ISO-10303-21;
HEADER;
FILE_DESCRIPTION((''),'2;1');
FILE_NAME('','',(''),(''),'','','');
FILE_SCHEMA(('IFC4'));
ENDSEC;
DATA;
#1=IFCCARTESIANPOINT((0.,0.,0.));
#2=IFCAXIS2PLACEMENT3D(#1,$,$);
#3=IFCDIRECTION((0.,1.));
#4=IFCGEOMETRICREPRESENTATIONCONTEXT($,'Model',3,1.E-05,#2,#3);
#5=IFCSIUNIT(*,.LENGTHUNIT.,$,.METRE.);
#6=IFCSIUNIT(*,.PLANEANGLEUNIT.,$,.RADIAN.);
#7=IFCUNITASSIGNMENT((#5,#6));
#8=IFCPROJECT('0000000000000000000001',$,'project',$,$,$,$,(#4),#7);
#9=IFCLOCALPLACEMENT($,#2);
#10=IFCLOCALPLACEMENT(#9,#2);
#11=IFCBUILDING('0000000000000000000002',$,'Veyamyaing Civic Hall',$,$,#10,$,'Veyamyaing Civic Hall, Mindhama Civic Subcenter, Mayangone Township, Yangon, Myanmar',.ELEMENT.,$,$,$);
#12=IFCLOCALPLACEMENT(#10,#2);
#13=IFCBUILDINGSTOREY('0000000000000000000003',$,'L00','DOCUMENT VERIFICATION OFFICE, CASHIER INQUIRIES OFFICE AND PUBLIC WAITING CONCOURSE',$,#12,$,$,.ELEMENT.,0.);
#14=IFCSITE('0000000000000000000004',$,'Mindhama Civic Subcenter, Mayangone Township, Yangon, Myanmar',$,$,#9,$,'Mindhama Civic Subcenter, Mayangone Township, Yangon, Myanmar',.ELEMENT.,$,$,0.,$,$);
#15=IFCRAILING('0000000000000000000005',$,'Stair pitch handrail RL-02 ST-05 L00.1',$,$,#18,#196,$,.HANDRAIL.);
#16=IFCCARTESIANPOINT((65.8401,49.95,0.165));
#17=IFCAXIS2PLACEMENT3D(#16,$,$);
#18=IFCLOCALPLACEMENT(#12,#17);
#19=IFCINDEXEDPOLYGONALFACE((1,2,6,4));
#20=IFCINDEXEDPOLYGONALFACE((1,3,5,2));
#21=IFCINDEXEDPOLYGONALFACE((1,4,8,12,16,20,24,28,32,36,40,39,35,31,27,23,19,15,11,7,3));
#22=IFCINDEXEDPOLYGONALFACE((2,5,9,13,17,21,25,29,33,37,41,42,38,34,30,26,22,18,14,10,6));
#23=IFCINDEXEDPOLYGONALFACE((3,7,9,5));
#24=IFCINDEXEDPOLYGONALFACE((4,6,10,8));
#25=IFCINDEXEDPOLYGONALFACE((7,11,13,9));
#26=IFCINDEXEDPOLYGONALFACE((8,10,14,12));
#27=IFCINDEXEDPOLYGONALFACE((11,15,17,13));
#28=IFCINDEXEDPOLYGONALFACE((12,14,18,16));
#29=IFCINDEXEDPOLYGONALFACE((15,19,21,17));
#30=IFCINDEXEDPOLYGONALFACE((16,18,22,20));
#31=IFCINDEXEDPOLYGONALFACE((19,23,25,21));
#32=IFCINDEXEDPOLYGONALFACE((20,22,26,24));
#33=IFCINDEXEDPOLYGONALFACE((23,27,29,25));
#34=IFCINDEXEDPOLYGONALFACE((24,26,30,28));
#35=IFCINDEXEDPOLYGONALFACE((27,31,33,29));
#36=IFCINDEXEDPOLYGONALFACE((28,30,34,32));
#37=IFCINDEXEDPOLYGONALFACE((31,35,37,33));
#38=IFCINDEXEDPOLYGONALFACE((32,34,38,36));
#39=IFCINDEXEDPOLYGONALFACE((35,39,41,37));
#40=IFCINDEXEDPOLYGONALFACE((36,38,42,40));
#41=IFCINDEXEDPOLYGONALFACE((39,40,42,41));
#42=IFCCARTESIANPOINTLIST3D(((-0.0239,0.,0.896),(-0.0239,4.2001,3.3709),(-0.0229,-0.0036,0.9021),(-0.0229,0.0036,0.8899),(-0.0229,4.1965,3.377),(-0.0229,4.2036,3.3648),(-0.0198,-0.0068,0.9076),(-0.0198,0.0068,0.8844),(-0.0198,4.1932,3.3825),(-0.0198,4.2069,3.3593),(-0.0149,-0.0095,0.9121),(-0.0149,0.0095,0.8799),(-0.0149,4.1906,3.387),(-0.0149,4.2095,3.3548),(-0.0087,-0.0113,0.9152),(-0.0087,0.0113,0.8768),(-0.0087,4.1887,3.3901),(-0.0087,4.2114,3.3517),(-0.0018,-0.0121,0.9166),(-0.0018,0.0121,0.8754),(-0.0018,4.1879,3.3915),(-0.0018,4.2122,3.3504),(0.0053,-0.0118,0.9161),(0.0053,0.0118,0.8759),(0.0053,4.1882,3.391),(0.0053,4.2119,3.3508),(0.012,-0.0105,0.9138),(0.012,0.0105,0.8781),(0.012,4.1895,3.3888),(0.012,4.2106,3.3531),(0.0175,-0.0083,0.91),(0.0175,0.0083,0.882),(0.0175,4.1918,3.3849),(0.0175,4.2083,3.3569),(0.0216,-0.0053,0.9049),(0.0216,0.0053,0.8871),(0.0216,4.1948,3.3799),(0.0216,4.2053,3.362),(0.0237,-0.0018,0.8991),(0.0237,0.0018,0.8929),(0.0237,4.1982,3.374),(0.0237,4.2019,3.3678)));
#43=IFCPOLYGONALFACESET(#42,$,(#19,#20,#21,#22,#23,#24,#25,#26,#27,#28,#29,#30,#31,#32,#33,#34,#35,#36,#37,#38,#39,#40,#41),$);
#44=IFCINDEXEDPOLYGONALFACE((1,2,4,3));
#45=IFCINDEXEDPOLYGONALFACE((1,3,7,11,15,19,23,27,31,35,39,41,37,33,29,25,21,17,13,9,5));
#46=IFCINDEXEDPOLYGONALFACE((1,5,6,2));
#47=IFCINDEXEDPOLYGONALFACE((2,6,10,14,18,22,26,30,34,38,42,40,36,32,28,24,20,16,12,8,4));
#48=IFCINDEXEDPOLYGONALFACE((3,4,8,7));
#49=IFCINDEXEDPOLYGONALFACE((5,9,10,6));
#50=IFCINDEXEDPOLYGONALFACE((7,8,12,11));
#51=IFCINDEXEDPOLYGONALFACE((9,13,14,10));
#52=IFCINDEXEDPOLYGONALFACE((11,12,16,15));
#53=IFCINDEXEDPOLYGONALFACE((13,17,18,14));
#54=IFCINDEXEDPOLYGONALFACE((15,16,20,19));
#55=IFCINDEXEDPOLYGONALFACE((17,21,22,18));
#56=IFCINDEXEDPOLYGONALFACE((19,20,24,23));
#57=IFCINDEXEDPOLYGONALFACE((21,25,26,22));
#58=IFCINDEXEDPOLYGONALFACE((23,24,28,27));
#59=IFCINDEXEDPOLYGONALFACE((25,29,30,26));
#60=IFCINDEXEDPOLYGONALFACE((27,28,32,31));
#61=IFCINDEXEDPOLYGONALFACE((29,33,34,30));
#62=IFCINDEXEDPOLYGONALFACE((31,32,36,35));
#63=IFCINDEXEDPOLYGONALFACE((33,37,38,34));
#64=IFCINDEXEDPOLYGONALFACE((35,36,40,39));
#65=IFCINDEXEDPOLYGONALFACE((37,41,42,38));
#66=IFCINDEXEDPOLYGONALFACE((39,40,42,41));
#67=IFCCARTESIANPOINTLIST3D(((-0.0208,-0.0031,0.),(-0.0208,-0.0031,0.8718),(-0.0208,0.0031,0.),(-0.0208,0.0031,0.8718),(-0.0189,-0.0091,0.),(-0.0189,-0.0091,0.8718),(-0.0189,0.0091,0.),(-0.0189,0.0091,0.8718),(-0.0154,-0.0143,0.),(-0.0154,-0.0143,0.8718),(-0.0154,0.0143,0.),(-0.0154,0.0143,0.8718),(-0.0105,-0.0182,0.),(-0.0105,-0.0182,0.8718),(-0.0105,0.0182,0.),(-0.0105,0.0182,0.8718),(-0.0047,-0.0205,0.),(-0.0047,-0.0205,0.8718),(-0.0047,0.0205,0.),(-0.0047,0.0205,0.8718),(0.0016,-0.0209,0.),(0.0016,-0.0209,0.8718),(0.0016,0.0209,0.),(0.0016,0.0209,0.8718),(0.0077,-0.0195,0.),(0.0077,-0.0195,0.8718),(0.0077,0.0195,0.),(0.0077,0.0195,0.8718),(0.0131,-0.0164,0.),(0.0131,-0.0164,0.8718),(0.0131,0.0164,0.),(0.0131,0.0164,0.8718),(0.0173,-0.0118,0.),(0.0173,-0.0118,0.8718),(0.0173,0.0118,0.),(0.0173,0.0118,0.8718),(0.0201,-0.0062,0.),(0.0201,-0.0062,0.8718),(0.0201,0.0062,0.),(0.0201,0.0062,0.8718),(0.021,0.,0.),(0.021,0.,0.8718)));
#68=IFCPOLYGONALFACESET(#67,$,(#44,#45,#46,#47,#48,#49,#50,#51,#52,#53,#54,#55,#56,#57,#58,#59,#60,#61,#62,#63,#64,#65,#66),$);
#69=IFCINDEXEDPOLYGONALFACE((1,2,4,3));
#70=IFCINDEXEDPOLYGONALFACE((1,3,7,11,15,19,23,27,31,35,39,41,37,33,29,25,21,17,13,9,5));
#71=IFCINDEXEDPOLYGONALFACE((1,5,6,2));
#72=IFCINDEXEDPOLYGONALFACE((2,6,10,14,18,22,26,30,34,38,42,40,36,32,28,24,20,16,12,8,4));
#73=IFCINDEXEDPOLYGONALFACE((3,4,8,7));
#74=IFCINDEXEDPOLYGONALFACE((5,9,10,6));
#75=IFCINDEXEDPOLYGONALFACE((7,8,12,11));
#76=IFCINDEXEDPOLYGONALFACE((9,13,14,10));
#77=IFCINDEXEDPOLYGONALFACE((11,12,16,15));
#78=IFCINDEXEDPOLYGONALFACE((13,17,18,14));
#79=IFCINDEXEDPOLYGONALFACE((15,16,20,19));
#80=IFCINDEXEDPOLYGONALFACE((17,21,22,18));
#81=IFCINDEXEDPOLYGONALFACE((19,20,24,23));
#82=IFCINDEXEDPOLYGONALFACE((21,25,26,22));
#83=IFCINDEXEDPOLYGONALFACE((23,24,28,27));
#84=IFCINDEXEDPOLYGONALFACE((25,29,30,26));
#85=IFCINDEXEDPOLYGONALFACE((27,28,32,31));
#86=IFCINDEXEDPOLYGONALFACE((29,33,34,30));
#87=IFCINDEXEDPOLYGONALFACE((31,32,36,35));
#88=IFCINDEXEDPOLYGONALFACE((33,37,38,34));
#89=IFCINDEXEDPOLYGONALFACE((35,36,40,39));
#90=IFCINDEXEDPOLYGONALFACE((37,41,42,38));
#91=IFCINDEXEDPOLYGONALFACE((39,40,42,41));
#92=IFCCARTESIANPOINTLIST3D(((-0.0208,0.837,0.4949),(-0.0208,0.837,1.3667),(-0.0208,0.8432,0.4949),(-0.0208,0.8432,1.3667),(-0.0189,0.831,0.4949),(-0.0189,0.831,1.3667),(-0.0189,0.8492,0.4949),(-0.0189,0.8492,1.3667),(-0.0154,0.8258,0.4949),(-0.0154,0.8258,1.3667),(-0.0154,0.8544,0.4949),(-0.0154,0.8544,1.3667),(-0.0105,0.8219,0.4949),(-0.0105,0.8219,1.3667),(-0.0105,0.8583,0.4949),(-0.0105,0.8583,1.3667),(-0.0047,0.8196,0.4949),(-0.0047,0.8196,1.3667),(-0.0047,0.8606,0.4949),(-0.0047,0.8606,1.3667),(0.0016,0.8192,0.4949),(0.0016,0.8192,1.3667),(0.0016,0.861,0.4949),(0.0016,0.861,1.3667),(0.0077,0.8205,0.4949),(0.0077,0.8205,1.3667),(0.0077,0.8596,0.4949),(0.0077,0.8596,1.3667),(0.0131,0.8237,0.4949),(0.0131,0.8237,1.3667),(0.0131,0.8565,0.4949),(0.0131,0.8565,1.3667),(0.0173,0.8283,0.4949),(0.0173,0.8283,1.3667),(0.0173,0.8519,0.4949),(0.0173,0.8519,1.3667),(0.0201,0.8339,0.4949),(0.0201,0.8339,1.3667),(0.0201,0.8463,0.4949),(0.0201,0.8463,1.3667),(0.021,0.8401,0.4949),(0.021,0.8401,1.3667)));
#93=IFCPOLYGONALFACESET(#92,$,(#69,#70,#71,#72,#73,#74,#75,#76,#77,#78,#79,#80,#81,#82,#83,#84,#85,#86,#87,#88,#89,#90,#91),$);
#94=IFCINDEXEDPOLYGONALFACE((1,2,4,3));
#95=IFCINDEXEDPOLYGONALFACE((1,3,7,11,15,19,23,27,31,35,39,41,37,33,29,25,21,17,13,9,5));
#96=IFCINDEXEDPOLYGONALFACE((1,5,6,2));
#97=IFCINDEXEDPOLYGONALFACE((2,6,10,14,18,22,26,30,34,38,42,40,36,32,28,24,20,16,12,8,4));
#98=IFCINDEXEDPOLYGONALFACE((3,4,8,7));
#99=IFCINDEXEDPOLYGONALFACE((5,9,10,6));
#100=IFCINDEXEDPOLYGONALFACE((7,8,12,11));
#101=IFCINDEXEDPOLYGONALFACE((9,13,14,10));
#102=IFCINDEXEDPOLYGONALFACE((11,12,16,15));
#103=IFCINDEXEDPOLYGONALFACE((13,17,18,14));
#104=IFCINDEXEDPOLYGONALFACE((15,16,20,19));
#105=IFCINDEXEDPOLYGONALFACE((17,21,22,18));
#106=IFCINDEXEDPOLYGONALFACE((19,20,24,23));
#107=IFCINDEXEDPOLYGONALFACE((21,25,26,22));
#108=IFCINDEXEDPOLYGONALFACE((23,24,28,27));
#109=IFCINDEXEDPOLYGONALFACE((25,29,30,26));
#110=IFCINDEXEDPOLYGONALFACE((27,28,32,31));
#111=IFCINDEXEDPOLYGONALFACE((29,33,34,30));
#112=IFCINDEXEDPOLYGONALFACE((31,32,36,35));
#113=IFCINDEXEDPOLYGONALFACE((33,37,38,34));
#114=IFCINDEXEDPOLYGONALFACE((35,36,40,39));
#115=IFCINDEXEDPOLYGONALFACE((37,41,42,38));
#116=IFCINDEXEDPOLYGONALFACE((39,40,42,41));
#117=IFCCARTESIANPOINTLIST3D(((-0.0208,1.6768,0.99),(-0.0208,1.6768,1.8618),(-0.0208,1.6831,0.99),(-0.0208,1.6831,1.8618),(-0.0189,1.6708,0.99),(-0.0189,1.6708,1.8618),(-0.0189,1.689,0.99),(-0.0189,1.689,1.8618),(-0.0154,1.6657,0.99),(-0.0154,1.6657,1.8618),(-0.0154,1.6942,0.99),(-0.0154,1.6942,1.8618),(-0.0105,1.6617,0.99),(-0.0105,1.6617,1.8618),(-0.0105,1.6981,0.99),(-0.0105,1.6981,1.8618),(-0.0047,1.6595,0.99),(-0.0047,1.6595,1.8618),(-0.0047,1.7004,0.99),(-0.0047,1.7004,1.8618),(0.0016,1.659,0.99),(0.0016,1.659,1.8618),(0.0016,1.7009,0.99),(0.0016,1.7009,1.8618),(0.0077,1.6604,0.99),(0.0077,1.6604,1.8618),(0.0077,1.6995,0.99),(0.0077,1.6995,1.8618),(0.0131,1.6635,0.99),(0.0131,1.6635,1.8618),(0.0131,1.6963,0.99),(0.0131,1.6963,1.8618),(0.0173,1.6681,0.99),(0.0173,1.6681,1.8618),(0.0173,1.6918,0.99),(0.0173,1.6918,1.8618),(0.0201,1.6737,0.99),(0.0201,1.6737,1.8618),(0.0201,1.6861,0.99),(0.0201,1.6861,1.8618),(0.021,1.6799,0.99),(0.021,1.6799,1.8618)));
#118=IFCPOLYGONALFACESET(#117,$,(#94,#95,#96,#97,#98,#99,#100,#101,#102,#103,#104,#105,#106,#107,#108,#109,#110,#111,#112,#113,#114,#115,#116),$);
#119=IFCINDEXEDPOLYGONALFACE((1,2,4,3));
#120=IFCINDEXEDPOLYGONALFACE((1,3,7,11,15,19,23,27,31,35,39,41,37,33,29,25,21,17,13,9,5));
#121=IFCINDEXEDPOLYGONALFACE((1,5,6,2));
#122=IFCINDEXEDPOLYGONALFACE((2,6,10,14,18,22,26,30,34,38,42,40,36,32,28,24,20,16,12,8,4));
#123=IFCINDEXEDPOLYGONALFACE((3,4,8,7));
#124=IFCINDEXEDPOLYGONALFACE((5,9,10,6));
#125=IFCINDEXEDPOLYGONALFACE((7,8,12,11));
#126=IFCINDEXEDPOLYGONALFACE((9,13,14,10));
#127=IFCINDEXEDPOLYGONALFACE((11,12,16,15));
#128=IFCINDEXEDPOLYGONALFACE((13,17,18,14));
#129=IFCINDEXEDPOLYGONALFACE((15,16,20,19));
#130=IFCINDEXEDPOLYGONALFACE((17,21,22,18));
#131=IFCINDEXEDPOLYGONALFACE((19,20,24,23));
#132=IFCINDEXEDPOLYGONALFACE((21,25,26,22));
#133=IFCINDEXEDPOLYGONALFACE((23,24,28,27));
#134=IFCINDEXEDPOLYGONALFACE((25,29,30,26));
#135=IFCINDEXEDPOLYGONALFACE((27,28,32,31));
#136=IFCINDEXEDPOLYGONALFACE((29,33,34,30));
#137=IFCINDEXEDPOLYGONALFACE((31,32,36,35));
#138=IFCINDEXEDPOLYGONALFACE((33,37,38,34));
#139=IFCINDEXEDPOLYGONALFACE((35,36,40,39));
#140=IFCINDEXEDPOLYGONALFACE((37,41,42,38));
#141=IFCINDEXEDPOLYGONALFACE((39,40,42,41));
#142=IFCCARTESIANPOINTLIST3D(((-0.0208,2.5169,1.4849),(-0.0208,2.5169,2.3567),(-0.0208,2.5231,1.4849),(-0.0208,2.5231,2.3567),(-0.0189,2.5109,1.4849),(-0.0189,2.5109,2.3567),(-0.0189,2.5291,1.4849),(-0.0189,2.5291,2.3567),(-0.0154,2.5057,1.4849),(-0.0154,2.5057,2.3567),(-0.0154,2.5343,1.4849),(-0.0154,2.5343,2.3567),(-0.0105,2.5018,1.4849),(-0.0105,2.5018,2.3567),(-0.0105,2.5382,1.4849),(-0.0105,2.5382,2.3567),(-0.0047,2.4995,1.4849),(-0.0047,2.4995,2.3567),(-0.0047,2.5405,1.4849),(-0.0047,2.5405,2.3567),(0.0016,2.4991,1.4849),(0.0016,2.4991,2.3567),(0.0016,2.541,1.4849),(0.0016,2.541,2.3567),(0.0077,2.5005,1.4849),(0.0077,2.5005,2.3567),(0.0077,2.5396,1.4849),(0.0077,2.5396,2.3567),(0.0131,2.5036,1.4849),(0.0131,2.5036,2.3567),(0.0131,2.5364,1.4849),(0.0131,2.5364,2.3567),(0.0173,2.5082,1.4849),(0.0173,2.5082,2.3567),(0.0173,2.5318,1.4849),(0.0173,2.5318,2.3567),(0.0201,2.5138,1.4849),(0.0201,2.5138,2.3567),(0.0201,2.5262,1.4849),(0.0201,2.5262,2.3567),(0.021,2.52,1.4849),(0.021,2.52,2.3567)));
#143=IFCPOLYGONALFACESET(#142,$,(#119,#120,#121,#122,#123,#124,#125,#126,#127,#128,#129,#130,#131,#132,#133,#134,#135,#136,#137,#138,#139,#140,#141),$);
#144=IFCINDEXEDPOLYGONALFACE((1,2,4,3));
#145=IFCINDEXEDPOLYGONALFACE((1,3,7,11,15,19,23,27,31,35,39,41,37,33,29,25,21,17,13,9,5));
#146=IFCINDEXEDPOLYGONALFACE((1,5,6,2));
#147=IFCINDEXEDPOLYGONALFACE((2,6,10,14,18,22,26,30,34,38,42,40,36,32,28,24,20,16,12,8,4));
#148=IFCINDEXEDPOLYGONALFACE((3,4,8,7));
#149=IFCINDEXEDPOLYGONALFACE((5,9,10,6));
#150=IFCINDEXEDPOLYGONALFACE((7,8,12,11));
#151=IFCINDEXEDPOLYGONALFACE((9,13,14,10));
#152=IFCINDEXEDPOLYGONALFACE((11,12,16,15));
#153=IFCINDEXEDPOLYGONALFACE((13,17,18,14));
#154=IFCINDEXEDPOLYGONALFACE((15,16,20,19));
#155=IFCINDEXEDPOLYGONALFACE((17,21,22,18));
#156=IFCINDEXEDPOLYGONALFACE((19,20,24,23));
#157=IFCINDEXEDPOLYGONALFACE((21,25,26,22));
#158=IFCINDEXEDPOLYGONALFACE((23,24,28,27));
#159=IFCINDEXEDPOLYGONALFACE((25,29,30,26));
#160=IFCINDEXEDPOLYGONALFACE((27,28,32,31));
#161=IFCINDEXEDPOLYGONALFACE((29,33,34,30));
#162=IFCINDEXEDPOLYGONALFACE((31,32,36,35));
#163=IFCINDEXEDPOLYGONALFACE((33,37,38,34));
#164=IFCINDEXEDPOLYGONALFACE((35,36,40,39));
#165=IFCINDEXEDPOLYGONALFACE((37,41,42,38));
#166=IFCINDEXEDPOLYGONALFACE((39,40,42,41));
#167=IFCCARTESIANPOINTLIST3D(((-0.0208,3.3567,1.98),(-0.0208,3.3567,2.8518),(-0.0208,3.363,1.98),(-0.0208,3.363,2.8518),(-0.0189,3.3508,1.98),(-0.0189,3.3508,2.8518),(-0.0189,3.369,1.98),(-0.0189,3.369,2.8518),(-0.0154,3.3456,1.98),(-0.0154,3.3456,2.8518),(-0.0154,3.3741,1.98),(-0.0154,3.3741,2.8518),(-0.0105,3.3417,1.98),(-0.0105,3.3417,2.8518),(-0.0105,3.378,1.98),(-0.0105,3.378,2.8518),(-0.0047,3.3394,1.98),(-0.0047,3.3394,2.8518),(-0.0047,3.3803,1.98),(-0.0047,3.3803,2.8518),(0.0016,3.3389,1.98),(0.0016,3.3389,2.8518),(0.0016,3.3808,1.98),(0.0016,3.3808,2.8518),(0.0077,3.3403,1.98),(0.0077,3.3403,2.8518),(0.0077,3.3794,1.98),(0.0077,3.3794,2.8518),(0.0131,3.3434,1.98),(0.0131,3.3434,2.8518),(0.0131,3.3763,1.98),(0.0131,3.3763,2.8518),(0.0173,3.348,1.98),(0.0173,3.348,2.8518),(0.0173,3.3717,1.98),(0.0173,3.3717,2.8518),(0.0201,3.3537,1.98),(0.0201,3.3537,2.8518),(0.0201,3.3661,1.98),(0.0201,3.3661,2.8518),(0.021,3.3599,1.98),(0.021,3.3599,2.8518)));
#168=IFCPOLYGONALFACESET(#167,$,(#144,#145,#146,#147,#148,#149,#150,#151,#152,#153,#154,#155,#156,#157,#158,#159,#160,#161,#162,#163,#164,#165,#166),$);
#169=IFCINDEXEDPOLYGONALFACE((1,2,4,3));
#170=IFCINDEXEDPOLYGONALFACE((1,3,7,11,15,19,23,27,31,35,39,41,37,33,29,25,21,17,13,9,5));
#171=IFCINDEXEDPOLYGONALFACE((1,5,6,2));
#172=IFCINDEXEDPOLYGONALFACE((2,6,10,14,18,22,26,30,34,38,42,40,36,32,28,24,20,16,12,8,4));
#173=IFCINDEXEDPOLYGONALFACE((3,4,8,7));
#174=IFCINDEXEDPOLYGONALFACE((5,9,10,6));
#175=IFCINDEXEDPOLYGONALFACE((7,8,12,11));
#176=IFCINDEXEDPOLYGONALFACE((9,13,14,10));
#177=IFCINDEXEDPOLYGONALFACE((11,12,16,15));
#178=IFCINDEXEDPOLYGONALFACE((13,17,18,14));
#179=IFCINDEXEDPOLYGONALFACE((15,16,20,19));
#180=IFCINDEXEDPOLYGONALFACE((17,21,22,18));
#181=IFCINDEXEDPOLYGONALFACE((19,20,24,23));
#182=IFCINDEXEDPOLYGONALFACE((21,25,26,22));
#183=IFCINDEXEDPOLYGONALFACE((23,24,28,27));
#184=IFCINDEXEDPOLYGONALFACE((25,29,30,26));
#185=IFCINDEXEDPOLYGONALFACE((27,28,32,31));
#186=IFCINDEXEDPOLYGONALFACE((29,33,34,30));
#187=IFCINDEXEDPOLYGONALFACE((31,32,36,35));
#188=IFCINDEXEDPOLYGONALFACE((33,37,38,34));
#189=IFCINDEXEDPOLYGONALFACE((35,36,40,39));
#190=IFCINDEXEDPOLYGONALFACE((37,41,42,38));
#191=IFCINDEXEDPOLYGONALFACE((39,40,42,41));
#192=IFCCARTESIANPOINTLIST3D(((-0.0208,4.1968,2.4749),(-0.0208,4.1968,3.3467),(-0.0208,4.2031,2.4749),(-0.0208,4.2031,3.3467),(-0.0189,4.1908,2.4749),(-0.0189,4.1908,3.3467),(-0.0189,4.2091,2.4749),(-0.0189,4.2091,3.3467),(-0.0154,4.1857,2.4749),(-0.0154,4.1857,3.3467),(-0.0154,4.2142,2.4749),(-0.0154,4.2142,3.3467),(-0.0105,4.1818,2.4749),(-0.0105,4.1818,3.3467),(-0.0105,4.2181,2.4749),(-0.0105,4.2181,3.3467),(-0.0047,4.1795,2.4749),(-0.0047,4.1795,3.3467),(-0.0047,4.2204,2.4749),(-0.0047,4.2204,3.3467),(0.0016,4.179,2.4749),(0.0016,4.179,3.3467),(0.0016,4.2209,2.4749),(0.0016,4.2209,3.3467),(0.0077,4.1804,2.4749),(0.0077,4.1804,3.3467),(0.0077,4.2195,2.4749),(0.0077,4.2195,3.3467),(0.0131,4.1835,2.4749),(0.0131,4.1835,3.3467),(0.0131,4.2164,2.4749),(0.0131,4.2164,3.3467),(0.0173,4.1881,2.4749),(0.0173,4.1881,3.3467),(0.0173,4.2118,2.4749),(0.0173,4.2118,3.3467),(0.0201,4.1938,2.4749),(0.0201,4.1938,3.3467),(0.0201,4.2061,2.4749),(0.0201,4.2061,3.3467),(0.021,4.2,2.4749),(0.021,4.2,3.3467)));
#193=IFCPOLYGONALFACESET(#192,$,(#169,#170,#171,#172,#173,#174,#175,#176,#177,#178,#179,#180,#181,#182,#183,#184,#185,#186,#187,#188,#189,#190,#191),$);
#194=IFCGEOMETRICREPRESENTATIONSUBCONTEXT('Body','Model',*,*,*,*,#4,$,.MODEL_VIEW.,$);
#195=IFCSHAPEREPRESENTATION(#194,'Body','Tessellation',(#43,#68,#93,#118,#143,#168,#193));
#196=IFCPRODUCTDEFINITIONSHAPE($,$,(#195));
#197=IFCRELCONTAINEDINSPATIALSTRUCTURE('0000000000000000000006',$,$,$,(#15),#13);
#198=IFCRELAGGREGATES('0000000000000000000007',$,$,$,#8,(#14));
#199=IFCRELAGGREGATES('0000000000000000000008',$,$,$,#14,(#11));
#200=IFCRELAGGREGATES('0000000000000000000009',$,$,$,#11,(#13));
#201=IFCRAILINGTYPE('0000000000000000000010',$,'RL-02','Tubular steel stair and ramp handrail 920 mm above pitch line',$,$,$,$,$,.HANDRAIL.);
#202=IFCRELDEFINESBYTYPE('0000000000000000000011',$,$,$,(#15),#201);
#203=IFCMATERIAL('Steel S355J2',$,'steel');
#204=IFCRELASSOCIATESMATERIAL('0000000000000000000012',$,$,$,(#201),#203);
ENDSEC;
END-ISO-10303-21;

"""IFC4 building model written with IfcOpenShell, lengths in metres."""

from ifc_helpers import new_model, si_unit, direction, frame, origin, origin_2d, place, context, subcontext, project, spatial, circle, extrude, material, type_object, element, save


model = new_model("IFC4")

# Units and contexts
model_context = context("Model", 3, precision=1e-05, world=origin(), true_north=direction((0.0, 1.0)))
body_context = subcontext(model_context, "Body", "Model", "MODEL_VIEW")
ifc_project = project(units=[si_unit("LENGTHUNIT", "METRE"), si_unit("PLANEANGLEUNIT", "RADIAN")], contexts=[model_context])

# Site, building, storey
site_placement = place(None, origin())
site = spatial("IfcSite", under=ifc_project, at=site_placement, Name="Mindhama Civic Subcenter, Mayangone Township, Yangon, Myanmar", LongName="Mindhama Civic Subcenter, Mayangone Township, Yangon, Myanmar", CompositionType="ELEMENT", RefElevation=0.0)
building_placement = place(site_placement, origin())
building = spatial("IfcBuilding", under=site, at=building_placement, Name="Veyamyaing Civic Hall", LongName="Veyamyaing Civic Hall, Mindhama Civic Subcenter, Mayangone Township, Yangon, Myanmar", CompositionType="ELEMENT")
storey_placement = place(building_placement, origin())
storey = spatial("IfcBuildingStorey", under=building, at=storey_placement, Name="L00", Description="DOCUMENT VERIFICATION OFFICE, CASHIER INQUIRIES OFFICE AND PUBLIC WAITING CONCOURSE", CompositionType="ELEMENT", Elevation=0.0)

# Railing
ifc_material_1 = material(Name="Steel S355J2", Category="steel")
railing_type_1 = type_object("IfcRailingType", Name="RL-02", Description="Tubular steel stair and ramp handrail 920 mm above pitch line", PredefinedType="HANDRAIL", material=ifc_material_1)
railing_1_placement = place(storey_placement, frame((65.8401, 49.95, 0.165)))
element("IfcRailing", 1, at=railing_1_placement, inside=storey, type_object=railing_type_1, Name="Stair pitch handrail RL-02 ST-05 L00.1", PredefinedType="HANDRAIL", context=body_context, shape_type="SweptSolid", body=[
    extrude(circle(Radius=0.0239, at=origin_2d()), frame((0.0, 0.0, 0.896), z_axis=(0.0, 0.861549, 0.507674), x_axis=(-1.0, 0.0, 0.0)), (0.0, 0.0, 1.0), 4.875),
    extrude(circle(Radius=0.021, at=origin_2d()), origin(), (0.0, 0.0, 1.0), 0.8718),
    extrude(circle(Radius=0.021, at=origin_2d()), frame((0.0, 0.8401, 0.4949)), (0.0, 0.0, 1.0), 0.8718),
    extrude(circle(Radius=0.021, at=origin_2d()), frame((0.0, 1.6799, 0.99)), (0.0, 0.0, 1.0), 0.8718),
    extrude(circle(Radius=0.021, at=origin_2d()), frame((0.0, 2.52, 1.4849)), (0.0, 0.0, 1.0), 0.8718),
    extrude(circle(Radius=0.021, at=origin_2d()), frame((0.0, 3.3599, 1.98)), (0.0, 0.0, 1.0), 0.8718),
    extrude(circle(Radius=0.021, at=origin_2d()), frame((0.0, 4.2, 2.4749)), (0.0, 0.0, 1.0), 0.8718),
])

save(model, "model.ifc")
